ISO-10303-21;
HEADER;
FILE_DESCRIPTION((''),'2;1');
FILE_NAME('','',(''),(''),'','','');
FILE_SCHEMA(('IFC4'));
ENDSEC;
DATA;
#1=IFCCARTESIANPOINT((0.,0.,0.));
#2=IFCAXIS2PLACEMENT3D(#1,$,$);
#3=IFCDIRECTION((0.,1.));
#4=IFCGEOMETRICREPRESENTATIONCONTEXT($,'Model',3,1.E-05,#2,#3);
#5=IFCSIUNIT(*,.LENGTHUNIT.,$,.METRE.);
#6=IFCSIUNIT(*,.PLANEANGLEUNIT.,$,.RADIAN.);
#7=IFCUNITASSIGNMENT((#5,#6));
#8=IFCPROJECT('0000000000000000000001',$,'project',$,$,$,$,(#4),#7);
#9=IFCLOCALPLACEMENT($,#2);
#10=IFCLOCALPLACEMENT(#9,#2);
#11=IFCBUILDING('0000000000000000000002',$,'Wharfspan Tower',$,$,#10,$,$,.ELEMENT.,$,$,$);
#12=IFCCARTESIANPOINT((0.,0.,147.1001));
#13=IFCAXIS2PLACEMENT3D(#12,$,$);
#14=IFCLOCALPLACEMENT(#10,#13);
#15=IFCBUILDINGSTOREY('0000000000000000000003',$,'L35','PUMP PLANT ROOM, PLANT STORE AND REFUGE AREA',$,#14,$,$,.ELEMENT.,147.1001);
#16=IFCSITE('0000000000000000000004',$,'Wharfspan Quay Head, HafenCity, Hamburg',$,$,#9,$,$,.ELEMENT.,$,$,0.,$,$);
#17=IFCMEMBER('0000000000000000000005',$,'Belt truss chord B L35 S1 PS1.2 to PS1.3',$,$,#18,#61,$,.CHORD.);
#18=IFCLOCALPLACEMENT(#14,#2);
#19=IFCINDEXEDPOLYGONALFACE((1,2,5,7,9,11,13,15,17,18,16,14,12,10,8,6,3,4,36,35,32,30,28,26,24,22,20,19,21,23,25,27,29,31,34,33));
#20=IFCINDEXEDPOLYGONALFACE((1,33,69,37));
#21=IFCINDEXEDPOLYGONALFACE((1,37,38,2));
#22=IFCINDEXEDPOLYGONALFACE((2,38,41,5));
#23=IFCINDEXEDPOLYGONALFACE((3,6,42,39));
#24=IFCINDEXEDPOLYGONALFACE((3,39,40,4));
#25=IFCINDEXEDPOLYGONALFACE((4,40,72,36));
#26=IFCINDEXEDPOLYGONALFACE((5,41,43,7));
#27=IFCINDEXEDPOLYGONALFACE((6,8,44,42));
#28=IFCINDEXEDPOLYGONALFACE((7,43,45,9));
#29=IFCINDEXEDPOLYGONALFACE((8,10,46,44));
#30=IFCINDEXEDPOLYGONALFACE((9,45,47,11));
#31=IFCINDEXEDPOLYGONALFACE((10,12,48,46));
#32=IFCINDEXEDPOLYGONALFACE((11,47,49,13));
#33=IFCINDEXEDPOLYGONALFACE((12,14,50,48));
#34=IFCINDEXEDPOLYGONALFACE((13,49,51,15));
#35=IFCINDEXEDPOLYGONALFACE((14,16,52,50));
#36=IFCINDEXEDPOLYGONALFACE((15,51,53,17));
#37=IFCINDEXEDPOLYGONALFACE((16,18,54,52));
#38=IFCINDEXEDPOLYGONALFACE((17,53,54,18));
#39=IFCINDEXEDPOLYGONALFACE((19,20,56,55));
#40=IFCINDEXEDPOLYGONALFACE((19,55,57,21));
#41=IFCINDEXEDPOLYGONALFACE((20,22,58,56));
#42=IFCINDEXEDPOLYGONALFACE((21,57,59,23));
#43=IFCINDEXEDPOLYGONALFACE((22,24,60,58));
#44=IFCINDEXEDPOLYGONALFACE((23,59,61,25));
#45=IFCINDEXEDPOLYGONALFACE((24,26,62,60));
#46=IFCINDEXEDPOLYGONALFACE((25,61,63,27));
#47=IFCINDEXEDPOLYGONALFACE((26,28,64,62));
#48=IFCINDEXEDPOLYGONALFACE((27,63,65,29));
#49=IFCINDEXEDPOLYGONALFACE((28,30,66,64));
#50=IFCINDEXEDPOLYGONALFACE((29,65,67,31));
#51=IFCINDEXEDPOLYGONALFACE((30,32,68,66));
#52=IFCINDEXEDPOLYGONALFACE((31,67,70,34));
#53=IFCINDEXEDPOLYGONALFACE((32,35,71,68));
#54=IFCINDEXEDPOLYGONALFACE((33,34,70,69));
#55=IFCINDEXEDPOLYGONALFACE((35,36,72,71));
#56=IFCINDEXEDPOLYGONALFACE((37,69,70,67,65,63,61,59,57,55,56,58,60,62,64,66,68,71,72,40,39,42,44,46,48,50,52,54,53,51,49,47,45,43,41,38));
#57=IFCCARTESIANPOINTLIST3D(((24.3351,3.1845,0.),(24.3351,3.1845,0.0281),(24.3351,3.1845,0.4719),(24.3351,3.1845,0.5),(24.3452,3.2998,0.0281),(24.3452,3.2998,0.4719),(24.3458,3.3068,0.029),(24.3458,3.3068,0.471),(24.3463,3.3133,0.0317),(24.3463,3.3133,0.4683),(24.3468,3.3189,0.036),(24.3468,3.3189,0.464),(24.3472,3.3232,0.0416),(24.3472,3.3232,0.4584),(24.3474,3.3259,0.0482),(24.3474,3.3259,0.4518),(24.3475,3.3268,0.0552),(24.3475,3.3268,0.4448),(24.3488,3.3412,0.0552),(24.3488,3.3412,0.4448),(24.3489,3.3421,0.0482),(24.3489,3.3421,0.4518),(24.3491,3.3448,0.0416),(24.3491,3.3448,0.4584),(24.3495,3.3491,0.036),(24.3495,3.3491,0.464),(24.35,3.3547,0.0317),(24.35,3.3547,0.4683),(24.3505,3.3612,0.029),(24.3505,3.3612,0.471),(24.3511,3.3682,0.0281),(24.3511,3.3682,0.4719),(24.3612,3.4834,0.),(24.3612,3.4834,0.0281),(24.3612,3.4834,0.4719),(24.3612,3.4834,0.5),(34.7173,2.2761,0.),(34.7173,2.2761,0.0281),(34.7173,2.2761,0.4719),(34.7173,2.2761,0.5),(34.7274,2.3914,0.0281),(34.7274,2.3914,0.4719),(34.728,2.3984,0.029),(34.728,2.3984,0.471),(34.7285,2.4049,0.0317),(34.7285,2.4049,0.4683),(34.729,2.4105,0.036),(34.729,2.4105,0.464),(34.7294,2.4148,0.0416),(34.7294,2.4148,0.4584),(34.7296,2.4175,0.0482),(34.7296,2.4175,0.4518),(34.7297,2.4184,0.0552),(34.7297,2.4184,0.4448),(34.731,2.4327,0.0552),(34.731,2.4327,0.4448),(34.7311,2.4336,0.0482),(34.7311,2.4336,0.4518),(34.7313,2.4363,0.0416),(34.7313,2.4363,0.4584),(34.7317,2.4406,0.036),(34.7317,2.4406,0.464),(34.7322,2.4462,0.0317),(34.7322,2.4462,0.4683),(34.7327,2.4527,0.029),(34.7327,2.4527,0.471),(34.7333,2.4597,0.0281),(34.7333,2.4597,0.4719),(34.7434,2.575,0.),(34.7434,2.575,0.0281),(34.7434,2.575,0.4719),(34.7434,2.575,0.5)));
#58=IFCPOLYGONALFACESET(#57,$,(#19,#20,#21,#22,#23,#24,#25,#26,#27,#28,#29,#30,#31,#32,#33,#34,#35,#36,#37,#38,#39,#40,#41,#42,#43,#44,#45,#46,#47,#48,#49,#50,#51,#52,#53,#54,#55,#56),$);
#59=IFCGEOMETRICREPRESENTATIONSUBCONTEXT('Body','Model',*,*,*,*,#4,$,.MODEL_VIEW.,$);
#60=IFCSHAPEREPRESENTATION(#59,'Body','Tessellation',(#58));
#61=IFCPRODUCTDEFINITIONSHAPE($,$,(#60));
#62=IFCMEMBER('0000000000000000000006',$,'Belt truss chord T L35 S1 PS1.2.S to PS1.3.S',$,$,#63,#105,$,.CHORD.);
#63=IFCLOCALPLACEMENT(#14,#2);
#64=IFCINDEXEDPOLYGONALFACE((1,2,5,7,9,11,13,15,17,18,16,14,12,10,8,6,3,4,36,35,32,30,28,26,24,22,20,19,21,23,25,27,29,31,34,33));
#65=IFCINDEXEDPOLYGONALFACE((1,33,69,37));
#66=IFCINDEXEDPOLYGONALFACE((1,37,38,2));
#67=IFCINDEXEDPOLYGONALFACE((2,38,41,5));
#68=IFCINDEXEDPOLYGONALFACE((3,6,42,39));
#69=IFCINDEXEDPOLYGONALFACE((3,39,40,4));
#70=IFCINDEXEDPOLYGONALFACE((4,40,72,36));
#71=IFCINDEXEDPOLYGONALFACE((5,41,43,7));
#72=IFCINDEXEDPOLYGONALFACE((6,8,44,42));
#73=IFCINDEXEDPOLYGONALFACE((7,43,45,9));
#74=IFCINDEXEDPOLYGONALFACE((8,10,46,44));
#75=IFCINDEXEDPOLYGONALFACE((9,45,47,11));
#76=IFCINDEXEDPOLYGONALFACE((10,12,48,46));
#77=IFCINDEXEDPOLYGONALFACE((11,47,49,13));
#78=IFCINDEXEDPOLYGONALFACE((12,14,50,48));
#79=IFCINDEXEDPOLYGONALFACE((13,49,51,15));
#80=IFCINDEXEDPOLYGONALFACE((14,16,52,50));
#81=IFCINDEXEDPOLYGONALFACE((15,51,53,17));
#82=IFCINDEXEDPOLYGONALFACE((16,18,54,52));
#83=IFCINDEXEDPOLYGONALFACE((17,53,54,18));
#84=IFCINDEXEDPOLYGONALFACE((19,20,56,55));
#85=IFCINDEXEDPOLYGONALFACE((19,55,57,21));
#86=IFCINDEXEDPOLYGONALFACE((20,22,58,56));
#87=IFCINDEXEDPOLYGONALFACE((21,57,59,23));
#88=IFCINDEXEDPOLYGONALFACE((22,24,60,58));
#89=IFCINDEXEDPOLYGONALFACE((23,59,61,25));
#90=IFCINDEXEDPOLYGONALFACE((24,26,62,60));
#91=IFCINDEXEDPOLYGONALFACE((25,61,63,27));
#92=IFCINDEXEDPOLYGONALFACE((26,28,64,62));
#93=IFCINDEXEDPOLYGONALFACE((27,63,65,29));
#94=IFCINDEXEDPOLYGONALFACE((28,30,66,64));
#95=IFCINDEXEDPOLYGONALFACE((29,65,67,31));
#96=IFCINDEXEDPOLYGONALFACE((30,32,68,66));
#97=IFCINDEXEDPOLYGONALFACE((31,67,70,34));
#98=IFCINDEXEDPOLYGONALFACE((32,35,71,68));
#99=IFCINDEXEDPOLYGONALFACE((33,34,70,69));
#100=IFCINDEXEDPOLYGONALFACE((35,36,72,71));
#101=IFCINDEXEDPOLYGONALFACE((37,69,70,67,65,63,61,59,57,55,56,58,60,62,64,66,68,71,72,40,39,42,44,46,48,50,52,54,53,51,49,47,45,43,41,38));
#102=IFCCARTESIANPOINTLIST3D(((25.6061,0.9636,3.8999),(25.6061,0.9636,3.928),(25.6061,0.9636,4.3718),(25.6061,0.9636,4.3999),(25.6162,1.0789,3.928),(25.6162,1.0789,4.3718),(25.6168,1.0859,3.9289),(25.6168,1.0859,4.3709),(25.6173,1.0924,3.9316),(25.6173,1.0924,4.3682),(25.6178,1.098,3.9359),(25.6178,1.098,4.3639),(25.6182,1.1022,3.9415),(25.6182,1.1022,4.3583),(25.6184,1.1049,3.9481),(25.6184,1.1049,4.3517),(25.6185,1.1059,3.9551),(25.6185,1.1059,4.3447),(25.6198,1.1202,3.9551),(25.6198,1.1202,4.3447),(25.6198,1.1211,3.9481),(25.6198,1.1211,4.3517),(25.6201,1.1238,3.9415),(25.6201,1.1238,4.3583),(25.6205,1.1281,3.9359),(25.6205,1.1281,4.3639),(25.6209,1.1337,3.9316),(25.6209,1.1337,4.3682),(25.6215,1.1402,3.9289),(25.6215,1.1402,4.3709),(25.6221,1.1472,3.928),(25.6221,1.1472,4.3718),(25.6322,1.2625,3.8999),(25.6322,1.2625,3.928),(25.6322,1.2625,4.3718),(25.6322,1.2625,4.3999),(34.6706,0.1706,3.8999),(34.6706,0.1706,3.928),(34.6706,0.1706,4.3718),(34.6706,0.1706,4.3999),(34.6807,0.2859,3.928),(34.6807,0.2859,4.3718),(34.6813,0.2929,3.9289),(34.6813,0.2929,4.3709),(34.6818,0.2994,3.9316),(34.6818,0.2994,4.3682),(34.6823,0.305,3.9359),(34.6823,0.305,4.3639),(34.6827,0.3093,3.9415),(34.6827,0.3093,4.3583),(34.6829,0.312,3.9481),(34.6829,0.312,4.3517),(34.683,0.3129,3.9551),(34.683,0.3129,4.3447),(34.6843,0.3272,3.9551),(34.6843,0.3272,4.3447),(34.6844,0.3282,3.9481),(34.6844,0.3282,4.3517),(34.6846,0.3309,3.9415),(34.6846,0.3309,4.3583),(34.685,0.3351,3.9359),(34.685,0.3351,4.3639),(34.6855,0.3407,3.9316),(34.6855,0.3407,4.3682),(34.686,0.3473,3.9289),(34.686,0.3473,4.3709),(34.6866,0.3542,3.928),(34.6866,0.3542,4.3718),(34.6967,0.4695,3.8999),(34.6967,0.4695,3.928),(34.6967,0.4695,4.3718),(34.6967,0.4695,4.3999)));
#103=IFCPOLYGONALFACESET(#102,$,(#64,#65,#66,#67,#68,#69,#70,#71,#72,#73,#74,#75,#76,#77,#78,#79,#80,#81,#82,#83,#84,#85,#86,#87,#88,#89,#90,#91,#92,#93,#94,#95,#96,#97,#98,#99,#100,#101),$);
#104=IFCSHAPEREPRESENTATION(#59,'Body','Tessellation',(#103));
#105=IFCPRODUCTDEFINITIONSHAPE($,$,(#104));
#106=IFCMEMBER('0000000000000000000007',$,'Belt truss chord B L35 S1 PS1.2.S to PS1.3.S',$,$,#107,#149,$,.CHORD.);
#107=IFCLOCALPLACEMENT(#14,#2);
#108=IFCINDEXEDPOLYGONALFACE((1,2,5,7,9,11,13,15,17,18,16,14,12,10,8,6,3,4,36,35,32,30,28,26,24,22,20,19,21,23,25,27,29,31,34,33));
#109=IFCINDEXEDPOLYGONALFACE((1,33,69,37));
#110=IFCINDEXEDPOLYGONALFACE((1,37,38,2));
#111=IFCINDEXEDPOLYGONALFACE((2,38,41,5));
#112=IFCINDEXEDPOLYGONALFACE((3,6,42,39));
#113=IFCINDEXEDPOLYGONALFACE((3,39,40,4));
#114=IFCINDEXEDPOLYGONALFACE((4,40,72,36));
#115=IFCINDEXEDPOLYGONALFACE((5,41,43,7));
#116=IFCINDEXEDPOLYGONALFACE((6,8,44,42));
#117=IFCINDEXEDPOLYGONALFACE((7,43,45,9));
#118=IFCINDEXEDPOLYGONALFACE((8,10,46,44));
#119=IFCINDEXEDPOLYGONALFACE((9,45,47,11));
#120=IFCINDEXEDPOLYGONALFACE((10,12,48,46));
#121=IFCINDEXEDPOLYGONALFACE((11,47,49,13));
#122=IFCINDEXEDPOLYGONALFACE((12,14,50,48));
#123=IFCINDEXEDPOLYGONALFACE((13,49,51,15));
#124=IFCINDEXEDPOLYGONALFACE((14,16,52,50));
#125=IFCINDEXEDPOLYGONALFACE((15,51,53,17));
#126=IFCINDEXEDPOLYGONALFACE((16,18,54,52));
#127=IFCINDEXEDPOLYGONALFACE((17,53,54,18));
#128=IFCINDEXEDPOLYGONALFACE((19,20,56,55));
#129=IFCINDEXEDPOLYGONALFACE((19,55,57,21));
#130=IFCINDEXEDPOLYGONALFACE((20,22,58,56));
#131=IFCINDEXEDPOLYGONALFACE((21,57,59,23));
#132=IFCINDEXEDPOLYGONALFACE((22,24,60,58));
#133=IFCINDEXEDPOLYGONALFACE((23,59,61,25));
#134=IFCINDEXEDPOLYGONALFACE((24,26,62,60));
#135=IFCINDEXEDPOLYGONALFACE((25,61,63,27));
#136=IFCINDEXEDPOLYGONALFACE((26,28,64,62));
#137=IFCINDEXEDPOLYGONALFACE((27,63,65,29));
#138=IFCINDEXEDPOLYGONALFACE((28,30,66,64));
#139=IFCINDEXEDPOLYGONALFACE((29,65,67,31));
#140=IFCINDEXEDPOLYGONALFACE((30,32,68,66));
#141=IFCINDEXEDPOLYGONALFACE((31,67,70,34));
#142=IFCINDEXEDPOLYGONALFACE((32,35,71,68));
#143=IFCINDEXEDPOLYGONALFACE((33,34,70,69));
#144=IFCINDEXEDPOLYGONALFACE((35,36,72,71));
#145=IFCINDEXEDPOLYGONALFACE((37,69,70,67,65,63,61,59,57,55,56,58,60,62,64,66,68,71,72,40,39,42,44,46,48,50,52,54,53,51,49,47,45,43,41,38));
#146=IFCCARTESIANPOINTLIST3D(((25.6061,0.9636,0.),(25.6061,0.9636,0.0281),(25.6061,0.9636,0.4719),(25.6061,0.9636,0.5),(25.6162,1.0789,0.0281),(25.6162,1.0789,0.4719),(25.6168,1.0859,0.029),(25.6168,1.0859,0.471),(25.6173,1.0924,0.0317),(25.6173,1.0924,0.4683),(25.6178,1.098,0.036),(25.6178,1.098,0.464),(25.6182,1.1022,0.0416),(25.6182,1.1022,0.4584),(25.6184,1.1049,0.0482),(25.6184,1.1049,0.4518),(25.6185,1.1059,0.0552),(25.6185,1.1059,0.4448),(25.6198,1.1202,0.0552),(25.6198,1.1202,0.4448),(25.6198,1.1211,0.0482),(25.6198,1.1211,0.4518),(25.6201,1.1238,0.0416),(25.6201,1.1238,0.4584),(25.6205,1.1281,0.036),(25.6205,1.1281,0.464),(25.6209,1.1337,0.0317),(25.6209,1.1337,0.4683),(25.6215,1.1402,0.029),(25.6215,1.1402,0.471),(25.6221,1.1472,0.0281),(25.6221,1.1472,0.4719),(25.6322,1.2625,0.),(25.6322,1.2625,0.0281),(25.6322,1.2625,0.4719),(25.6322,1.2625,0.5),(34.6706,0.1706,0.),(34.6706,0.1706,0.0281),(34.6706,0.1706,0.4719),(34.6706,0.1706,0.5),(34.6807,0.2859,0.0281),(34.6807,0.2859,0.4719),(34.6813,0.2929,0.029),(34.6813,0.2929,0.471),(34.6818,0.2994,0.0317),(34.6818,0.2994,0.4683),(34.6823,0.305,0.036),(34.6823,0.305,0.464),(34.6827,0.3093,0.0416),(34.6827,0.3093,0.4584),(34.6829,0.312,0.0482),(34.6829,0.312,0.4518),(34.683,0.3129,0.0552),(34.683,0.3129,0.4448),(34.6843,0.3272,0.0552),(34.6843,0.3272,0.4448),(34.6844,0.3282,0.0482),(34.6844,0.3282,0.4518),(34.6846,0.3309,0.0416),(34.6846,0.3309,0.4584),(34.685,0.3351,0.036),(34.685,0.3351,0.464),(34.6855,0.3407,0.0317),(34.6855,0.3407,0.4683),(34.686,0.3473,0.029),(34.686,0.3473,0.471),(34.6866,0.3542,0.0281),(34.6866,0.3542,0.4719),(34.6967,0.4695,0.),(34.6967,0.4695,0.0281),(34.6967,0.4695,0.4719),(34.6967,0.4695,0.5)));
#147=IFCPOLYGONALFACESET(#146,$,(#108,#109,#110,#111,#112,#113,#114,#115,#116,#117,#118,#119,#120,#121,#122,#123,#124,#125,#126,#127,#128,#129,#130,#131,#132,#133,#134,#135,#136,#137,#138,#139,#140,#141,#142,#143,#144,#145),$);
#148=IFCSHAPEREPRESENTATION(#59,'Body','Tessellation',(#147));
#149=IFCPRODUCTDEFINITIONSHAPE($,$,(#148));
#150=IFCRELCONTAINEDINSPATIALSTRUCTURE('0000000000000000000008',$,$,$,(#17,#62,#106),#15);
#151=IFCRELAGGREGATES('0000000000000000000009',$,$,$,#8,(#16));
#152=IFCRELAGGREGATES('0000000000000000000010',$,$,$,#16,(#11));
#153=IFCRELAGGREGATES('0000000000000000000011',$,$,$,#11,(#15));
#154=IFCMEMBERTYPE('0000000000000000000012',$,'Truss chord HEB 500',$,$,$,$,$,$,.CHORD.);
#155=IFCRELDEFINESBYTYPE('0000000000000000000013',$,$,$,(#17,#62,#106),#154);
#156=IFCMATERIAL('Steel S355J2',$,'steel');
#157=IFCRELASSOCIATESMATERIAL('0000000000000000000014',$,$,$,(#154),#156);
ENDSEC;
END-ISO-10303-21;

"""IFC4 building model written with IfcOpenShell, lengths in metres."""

from ifc_helpers import new_model, si_unit, direction, frame, origin, origin_2d, place, context, subcontext, project, spatial, i_section, extrude, material, material_profile, profile_set, type_object, element, save


model = new_model("IFC4")

# Units and contexts
model_context = context("Model", 3, precision=1e-05, world=origin(), true_north=direction((0.0, 1.0)))
body_context = subcontext(model_context, "Body", "Model", "MODEL_VIEW")
ifc_project = project(units=[si_unit("LENGTHUNIT", "METRE"), si_unit("PLANEANGLEUNIT", "RADIAN")], contexts=[model_context])

# Site, building, storey
site_placement = place(None, origin())
site = spatial("IfcSite", under=ifc_project, at=site_placement, Name="Wharfspan Quay Head, HafenCity, Hamburg", CompositionType="ELEMENT", RefElevation=0.0)
building_placement = place(site_placement, origin())
building = spatial("IfcBuilding", under=site, at=building_placement, Name="Wharfspan Tower", CompositionType="ELEMENT")
storey_placement = place(building_placement, frame((0.0, 0.0, 147.1001)))
storey = spatial("IfcBuildingStorey", under=building, at=storey_placement, Name="L35", Description="PUMP PLANT ROOM, PLANT STORE AND REFUGE AREA", CompositionType="ELEMENT", Elevation=147.1001)

# Shared definitions
ifc_material_1 = material(Name="Steel S355J2", Category="steel")

# Members
ifc_material_profile_1 = material_profile(ifc_material_1, i_section(OverallWidth=0.3, OverallDepth=0.5, WebThickness=0.0144, FlangeThickness=0.0281, FilletRadius=0.0271, at=origin_2d()))
ifc_profile_set_1 = profile_set([ifc_material_profile_1], Name="Steel S355J2")
member_type_1 = type_object("IfcMemberType", Name="Truss chord HEB 500", PredefinedType="CHORD", material=ifc_profile_set_1)
for number, where, z_axis, x_axis, name in (
    (1, (24.3481, 3.334, 0.25), (0.996194, -0.087166, 0.0), (0.087166, 0.996194, 0.0), "Belt truss chord B L35 S1 PS1.2 to PS1.3"),
):
    element("IfcMember", number, at=place(storey_placement, frame(where, z_axis=z_axis, x_axis=x_axis)), inside=storey, type_object=member_type_1, Name=name, PredefinedType="CHORD", context=body_context, shape_type="SweptSolid", body=[
        extrude(i_section(OverallWidth=0.3, OverallDepth=0.5, WebThickness=0.0144, FlangeThickness=0.0281, FilletRadius=0.0271, at=origin_2d()), origin(), (0.0, 0.0, 1.0), 10.4219),
    ])
for number, where, z_axis, x_axis, name in (
    (2, (25.6191, 1.113, 4.1499), (0.996195, -0.087148, 0.0), (0.087148, 0.996195, 0.0), "Belt truss chord T L35 S1 PS1.2.S to PS1.3.S"),
    (3, (25.6191, 1.113, 0.25), (0.996195, -0.087148, 0.0), (0.087148, 0.996195, 0.0), "Belt truss chord B L35 S1 PS1.2.S to PS1.3.S"),
):
    element("IfcMember", number, at=place(storey_placement, frame(where, z_axis=z_axis, x_axis=x_axis)), inside=storey, type_object=member_type_1, Name=name, PredefinedType="CHORD", context=body_context, shape_type="SweptSolid", body=[
        extrude(i_section(OverallWidth=0.3, OverallDepth=0.5, WebThickness=0.0144, FlangeThickness=0.0281, FilletRadius=0.0271, at=origin_2d()), origin(), (0.0, 0.0, 1.0), 9.0991),
    ])

save(model, "model.ifc")
